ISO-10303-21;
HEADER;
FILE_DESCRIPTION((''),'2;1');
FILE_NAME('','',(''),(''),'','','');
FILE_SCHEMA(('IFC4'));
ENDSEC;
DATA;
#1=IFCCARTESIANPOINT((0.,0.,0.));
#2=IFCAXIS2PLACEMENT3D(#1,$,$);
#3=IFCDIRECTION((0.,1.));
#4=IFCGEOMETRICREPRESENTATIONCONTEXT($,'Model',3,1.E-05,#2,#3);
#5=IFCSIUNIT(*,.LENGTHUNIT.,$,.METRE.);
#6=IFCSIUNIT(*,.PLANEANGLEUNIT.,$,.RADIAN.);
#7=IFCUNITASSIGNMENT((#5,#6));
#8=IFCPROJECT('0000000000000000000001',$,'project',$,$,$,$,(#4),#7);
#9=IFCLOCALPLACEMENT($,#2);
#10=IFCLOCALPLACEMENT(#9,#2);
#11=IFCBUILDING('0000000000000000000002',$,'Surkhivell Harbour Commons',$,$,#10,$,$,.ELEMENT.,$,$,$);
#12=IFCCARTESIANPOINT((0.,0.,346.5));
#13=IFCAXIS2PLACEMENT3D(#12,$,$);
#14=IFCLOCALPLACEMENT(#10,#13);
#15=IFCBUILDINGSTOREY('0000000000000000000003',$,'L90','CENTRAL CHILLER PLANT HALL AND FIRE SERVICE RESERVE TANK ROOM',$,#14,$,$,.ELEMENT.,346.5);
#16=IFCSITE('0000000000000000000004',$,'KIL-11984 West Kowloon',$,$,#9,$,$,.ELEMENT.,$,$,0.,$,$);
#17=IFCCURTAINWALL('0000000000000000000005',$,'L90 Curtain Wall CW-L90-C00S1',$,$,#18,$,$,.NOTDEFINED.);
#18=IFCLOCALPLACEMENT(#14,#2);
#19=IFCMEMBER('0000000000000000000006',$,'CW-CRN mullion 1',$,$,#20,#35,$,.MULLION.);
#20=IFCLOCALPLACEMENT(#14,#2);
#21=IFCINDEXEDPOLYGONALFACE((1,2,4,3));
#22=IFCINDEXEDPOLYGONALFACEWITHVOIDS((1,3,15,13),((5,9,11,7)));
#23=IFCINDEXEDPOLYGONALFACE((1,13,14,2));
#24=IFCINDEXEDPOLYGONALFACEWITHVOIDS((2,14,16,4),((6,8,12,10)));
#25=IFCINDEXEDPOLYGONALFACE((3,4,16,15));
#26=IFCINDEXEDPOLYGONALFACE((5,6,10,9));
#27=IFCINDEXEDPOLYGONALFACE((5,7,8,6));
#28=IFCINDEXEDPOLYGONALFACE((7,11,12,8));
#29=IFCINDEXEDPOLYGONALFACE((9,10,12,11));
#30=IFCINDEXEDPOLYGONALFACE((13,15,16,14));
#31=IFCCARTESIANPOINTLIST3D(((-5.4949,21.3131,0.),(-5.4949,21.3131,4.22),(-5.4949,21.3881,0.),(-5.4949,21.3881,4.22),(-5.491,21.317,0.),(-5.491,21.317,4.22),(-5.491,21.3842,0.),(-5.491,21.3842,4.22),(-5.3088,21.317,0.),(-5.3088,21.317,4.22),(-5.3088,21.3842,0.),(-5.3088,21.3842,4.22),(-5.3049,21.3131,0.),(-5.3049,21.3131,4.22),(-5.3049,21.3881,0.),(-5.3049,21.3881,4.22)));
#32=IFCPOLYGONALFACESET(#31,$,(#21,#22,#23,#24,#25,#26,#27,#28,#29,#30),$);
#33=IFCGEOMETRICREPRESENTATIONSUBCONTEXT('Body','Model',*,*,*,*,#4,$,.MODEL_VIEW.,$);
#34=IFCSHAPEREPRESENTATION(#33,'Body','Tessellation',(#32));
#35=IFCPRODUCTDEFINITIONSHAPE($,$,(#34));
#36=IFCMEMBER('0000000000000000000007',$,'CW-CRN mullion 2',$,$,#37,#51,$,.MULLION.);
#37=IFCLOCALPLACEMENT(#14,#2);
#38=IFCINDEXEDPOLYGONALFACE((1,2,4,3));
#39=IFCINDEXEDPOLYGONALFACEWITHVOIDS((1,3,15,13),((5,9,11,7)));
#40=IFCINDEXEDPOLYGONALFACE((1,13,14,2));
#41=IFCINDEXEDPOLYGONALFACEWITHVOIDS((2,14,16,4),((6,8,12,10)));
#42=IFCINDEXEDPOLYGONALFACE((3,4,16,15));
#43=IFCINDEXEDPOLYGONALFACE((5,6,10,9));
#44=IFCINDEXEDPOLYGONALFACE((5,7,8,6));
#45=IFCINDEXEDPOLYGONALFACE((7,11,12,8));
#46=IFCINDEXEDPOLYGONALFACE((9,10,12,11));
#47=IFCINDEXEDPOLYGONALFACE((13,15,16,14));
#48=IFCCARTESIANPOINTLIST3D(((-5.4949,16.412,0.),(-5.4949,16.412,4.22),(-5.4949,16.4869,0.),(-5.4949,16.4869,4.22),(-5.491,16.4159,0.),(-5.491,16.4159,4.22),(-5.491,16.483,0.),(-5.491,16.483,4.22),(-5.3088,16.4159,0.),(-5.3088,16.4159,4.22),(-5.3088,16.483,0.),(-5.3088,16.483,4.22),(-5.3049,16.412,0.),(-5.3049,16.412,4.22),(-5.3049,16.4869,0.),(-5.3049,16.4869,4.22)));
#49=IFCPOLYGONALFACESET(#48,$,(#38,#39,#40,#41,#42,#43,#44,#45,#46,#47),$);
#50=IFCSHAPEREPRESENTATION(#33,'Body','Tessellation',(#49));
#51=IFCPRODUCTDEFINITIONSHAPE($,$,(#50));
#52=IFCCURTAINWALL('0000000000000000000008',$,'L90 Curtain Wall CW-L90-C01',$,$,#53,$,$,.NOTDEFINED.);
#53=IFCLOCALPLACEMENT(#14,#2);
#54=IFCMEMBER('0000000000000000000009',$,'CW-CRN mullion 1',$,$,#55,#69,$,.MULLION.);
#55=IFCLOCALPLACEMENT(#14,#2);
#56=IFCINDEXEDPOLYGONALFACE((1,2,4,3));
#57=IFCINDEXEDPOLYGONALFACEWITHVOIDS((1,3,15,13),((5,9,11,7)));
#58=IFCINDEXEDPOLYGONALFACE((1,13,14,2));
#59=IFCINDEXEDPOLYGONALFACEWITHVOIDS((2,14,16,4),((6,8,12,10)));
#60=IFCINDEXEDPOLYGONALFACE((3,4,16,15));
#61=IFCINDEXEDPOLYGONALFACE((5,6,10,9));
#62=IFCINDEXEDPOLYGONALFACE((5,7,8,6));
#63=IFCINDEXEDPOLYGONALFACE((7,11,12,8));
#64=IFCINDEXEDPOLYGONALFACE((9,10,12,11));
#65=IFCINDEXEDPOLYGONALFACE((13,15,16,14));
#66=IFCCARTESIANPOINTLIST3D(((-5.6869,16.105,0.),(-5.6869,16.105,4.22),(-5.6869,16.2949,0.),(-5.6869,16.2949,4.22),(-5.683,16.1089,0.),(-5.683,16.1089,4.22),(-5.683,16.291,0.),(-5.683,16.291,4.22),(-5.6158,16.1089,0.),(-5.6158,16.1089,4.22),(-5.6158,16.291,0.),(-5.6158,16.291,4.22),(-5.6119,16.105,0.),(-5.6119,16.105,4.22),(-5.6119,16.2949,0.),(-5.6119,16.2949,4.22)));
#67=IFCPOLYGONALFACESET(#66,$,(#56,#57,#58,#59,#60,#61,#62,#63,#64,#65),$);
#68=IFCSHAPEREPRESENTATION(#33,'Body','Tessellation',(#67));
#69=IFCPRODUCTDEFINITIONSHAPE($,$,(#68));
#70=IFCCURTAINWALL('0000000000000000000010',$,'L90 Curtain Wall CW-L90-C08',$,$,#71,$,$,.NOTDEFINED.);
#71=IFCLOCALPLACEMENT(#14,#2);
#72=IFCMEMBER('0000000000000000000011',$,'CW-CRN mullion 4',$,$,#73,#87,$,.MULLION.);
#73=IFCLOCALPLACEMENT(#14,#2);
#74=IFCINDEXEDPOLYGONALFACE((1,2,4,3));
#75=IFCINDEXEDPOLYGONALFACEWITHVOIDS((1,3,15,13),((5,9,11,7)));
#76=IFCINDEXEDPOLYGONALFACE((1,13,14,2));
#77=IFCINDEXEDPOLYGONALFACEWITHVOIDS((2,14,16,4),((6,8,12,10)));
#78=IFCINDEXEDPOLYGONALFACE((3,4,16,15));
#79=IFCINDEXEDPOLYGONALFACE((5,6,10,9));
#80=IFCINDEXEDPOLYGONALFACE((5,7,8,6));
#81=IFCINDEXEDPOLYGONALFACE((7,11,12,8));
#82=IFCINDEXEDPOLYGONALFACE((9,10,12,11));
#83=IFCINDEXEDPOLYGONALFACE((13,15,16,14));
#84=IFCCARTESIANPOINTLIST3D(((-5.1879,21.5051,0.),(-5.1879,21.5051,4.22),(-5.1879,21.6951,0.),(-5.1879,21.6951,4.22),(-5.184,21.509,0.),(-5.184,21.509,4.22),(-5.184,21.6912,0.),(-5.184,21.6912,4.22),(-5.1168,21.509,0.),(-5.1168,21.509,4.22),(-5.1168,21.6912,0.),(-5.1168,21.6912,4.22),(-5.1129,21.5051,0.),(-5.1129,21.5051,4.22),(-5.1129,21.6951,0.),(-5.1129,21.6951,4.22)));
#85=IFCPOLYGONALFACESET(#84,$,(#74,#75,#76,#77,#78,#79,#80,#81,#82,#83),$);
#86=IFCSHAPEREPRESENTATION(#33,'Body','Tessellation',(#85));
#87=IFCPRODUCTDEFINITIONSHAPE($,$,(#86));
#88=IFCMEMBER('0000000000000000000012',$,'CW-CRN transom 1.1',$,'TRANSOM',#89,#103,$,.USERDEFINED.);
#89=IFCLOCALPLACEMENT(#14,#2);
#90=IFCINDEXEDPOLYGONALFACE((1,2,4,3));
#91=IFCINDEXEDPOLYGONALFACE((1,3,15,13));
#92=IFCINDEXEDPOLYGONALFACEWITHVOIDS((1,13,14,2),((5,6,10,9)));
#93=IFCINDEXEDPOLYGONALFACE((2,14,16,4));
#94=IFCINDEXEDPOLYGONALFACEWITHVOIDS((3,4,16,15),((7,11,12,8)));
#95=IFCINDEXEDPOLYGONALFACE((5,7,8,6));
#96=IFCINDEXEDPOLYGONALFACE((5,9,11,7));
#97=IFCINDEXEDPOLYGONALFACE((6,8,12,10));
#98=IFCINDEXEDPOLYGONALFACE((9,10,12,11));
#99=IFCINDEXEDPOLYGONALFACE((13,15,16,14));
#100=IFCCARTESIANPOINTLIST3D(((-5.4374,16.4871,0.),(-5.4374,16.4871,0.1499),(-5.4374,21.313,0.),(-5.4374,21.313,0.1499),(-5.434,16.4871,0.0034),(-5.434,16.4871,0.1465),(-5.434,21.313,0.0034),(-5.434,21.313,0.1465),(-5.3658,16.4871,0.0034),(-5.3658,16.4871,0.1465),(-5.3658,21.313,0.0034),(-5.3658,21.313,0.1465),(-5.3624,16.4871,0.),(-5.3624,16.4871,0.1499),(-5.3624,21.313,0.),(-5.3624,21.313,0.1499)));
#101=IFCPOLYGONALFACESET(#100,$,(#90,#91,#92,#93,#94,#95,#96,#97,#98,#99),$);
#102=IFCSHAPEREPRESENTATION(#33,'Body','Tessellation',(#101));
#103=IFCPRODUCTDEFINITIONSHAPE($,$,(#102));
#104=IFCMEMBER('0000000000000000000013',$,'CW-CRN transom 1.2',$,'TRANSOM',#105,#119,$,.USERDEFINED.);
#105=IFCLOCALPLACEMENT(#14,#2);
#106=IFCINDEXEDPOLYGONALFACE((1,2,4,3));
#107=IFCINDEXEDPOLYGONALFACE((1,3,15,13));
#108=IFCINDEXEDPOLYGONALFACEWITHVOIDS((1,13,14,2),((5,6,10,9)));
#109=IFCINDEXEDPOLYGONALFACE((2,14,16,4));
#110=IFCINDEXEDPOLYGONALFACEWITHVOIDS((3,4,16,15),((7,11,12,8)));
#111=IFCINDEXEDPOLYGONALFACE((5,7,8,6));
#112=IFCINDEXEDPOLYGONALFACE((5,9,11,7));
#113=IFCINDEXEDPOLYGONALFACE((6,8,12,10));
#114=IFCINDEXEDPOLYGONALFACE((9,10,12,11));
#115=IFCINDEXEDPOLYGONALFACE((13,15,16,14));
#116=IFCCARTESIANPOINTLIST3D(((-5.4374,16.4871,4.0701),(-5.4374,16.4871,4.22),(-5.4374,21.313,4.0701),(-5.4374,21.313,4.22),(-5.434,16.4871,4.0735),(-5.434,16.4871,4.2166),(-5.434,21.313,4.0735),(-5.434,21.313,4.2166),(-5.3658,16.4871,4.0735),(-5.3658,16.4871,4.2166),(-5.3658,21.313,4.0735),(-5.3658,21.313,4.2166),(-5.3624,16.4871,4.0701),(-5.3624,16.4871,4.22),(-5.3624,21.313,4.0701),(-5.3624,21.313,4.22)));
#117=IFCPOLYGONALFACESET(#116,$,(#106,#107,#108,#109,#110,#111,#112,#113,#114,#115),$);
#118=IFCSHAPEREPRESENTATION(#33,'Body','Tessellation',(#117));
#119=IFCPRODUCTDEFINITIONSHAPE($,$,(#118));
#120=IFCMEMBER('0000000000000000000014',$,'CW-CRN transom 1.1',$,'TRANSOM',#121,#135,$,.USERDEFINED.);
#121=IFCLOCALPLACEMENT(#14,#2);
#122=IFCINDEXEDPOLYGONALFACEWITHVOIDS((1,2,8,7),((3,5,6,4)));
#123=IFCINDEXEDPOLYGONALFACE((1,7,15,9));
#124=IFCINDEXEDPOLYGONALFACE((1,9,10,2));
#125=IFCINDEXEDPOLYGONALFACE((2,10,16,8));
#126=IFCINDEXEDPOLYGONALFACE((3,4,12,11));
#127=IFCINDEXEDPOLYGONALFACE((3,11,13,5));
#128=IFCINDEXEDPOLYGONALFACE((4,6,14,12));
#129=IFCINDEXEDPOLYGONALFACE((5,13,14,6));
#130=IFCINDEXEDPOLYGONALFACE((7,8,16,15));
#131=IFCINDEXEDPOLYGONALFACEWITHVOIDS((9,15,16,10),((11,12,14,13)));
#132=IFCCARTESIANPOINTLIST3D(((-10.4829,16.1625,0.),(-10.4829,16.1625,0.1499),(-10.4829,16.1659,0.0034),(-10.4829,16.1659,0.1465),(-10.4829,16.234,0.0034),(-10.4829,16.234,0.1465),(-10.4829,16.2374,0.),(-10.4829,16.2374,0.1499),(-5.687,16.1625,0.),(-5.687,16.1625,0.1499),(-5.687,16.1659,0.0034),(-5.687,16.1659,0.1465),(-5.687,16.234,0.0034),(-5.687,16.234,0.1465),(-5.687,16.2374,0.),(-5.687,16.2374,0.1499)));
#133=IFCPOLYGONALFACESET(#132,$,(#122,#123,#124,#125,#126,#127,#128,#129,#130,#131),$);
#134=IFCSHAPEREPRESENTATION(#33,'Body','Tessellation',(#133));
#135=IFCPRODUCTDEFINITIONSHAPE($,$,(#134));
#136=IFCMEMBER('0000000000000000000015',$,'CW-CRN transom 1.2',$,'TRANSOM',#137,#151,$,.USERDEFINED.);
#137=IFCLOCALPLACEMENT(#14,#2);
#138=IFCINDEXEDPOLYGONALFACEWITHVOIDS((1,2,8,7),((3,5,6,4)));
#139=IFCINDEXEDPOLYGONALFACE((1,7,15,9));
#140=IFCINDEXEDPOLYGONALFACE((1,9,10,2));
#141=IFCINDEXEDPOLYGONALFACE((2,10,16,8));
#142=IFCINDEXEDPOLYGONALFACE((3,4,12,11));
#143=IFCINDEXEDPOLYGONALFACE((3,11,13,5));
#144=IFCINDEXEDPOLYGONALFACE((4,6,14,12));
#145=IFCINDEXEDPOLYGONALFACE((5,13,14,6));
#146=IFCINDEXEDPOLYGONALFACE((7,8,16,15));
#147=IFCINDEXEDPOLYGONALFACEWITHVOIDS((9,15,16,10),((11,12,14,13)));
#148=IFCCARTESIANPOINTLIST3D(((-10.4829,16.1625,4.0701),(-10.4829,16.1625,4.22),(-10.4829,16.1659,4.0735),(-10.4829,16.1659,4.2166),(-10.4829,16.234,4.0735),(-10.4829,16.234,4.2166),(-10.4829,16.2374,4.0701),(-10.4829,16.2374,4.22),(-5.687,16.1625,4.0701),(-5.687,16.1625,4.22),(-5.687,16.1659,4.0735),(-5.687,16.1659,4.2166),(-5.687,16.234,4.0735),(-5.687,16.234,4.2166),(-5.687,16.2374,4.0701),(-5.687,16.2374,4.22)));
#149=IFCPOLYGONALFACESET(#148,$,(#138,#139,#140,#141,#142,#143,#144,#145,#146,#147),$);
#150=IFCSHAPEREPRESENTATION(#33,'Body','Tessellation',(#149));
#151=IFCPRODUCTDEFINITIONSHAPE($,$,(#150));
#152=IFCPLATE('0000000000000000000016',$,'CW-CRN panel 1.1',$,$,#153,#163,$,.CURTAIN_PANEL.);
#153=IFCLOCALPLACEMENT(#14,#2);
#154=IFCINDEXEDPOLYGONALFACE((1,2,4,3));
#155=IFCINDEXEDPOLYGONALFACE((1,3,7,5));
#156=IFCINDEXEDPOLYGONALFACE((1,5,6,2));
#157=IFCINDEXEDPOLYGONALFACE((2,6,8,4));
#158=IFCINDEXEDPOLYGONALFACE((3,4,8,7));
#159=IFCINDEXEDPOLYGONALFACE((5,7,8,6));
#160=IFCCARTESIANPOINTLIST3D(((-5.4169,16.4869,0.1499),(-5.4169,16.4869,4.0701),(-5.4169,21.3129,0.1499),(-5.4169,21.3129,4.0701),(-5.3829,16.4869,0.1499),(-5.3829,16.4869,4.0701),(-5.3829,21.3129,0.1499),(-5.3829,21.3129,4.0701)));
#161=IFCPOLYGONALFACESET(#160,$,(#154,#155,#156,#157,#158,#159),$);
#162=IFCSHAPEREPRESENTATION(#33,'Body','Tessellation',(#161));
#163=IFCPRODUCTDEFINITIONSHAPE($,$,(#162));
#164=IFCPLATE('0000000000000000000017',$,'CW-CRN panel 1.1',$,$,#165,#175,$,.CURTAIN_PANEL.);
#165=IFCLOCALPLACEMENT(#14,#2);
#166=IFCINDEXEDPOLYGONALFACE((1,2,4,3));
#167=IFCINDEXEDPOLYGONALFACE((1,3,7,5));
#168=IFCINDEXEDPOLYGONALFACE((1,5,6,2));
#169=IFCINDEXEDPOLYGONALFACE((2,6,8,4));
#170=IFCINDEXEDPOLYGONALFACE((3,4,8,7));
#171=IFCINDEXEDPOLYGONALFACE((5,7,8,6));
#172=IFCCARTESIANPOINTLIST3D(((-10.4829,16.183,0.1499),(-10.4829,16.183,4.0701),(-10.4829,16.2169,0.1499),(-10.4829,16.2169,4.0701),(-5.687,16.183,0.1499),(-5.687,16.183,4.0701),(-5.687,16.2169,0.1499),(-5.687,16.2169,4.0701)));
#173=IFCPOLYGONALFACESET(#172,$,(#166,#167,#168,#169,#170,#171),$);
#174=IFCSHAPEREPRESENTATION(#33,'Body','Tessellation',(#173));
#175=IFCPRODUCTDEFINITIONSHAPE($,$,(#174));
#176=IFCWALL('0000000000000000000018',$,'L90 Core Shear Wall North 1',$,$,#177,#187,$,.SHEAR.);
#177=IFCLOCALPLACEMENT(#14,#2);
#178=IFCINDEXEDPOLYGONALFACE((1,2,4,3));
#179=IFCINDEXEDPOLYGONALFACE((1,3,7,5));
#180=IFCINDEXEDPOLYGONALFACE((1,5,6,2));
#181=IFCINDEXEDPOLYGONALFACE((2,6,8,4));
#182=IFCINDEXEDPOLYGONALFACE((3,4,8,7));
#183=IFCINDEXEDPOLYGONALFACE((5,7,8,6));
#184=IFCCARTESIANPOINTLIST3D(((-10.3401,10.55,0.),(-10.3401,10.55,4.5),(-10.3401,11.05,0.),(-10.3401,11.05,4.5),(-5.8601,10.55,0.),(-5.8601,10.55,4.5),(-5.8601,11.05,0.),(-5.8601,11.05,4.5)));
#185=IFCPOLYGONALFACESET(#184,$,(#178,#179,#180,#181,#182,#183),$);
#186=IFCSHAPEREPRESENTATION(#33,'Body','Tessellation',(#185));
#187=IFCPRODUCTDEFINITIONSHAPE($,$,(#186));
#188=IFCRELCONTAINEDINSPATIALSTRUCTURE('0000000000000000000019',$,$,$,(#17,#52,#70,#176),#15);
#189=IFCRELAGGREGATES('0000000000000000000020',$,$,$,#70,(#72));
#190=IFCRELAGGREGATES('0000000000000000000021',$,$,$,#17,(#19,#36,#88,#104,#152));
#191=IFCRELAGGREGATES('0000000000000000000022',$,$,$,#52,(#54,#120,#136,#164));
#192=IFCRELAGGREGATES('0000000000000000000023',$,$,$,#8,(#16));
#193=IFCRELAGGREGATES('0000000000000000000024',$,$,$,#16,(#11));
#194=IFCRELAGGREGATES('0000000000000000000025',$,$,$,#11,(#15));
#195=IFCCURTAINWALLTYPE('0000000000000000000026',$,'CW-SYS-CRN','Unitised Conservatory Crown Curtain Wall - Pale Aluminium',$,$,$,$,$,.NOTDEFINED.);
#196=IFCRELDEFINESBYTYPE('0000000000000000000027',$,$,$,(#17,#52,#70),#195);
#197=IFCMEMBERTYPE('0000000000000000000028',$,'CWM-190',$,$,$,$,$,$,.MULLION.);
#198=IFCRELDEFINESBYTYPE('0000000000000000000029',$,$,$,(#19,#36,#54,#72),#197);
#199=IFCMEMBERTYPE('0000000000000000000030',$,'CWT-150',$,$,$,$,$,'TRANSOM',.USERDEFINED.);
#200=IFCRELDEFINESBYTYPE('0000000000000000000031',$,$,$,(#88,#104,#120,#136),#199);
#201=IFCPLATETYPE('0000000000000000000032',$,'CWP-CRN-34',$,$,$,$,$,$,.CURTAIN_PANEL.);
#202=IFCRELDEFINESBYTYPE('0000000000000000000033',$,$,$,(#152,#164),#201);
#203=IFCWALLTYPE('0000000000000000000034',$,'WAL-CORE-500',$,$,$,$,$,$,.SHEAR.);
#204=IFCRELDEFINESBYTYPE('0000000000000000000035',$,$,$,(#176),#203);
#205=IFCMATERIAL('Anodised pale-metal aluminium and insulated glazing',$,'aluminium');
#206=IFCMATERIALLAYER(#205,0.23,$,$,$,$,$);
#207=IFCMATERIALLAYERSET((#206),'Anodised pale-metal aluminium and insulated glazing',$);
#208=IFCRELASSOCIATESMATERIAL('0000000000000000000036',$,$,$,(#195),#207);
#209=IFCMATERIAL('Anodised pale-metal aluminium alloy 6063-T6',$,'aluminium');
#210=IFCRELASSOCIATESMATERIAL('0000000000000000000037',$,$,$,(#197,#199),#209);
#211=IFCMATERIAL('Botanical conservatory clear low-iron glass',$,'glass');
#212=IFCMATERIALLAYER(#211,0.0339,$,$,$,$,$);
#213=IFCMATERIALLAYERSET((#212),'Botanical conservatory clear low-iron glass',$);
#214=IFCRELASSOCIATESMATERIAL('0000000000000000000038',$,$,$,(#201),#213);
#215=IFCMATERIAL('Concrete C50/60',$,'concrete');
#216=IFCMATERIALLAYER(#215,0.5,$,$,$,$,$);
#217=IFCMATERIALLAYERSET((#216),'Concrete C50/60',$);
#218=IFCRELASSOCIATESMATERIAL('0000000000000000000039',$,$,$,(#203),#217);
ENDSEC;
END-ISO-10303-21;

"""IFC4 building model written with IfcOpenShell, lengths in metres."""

from ifc_helpers import new_model, si_unit, direction, frame, frame_2d, origin, origin_2d, place, context, subcontext, project, spatial, rectangle, hollow_rectangle, extrude, material, layer, layer_set, material_profile, profile_set, type_object, element, aggregate, save


model = new_model("IFC4")

# Units and contexts
model_context = context("Model", 3, precision=1e-05, world=origin(), true_north=direction((0.0, 1.0)))
body_context = subcontext(model_context, "Body", "Model", "MODEL_VIEW")
ifc_project = project(units=[si_unit("LENGTHUNIT", "METRE"), si_unit("PLANEANGLEUNIT", "RADIAN")], contexts=[model_context])

# Site, building, storey
site_placement = place(None, origin())
site = spatial("IfcSite", under=ifc_project, at=site_placement, Name="KIL-11984 West Kowloon", CompositionType="ELEMENT", RefElevation=0.0)
building_placement = place(site_placement, origin())
building = spatial("IfcBuilding", under=site, at=building_placement, Name="Surkhivell Harbour Commons", CompositionType="ELEMENT")
storey_placement = place(building_placement, frame((0.0, 0.0, 346.5)))
storey = spatial("IfcBuildingStorey", under=building, at=storey_placement, Name="L90", Description="CENTRAL CHILLER PLANT HALL AND FIRE SERVICE RESERVE TANK ROOM", CompositionType="ELEMENT", Elevation=346.5)

# Curtain wall, members
ifc_material_1 = material(Name="Anodised pale-metal aluminium and insulated glazing", Category="aluminium")
ifc_layer_1 = layer(ifc_material_1, 0.23)
ifc_layer_set_1 = layer_set([ifc_layer_1], Name="Anodised pale-metal aluminium and insulated glazing")
curtain_wall_type = type_object("IfcCurtainWallType", Name="CW-SYS-CRN", Description="Unitised Conservatory Crown Curtain Wall - Pale Aluminium", PredefinedType="NOTDEFINED", material=ifc_layer_set_1)
curtain_wall_1_placement = place(storey_placement, origin())
curtain_wall_1 = element("IfcCurtainWall", 1, at=curtain_wall_1_placement, inside=storey, type_object=curtain_wall_type, Name="L90 Curtain Wall CW-L90-C00S1", PredefinedType="NOTDEFINED")
ifc_material_2 = material(Name="Anodised pale-metal aluminium alloy 6063-T6", Category="aluminium")
ifc_material_profile_1 = material_profile(ifc_material_2, hollow_rectangle(XDim=0.075, YDim=0.1899, WallThickness=0.0039, at=origin_2d()), Name="ALU-MULL-75x190")
ifc_profile_set_1 = profile_set([ifc_material_profile_1], Name="Anodised pale-metal aluminium alloy 6063-T6")
member_type_1 = type_object("IfcMemberType", Name="CWM-190", PredefinedType="MULLION", material=ifc_profile_set_1)
member_1_placement = place(storey_placement, frame((-5.3999, 21.3506, 0.0), z_axis=(0.0, 0.0, 1.0), x_axis=(0.0, -1.0, 0.0)))
member_1 = element("IfcMember", 2, at=member_1_placement, type_object=member_type_1, Name="CW-CRN mullion 1", PredefinedType="MULLION", context=body_context, shape_type="SweptSolid", body=[
    extrude(hollow_rectangle(XDim=0.075, YDim=0.1899, WallThickness=0.0039, at=origin_2d()), origin(), (0.0, 0.0, 1.0), 4.22),
])
member_2_placement = place(storey_placement, frame((-5.3999, 16.4495, 0.0), z_axis=(0.0, 0.0, 1.0), x_axis=(0.0, -1.0, 0.0)))
member_2 = element("IfcMember", 3, at=member_2_placement, type_object=member_type_1, Name="CW-CRN mullion 2", PredefinedType="MULLION", context=body_context, shape_type="SweptSolid", body=[
    extrude(hollow_rectangle(XDim=0.075, YDim=0.1899, WallThickness=0.0039, at=origin_2d()), origin(), (0.0, 0.0, 1.0), 4.22),
])

# Curtain walls, members
curtain_wall_2_placement = place(storey_placement, origin())
curtain_wall_2 = element("IfcCurtainWall", 4, at=curtain_wall_2_placement, inside=storey, type_object=curtain_wall_type, Name="L90 Curtain Wall CW-L90-C01", PredefinedType="NOTDEFINED")
member_3_placement = place(storey_placement, frame((-5.6494, 16.2, 0.0), z_axis=(0.0, 0.0, 1.0), x_axis=(-1.0, 0.0, 0.0)))
member_3 = element("IfcMember", 5, at=member_3_placement, type_object=member_type_1, Name="CW-CRN mullion 1", PredefinedType="MULLION", context=body_context, shape_type="SweptSolid", body=[
    extrude(hollow_rectangle(XDim=0.075, YDim=0.1899, WallThickness=0.0039, at=origin_2d()), origin(), (0.0, 0.0, 1.0), 4.22),
])
curtain_wall_3_placement = place(storey_placement, origin())
curtain_wall_3 = element("IfcCurtainWall", 6, at=curtain_wall_3_placement, inside=storey, type_object=curtain_wall_type, Name="L90 Curtain Wall CW-L90-C08", PredefinedType="NOTDEFINED")
member_4_placement = place(storey_placement, frame((-5.1504, 21.6001, 0.0), z_axis=(0.0, 0.0, 1.0), x_axis=(-1.0, 0.0, 0.0)))
member_4 = element("IfcMember", 7, at=member_4_placement, type_object=member_type_1, Name="CW-CRN mullion 4", PredefinedType="MULLION", context=body_context, shape_type="SweptSolid", body=[
    extrude(hollow_rectangle(XDim=0.075, YDim=0.1899, WallThickness=0.0039, at=origin_2d()), origin(), (0.0, 0.0, 1.0), 4.22),
])
aggregate(curtain_wall_3, [member_4])

# Members
ifc_material_profile_2 = material_profile(ifc_material_2, hollow_rectangle(XDim=0.075, YDim=0.1499, WallThickness=0.0034, at=origin_2d()), Name="ALU-TRAN-75x150")
ifc_profile_set_2 = profile_set([ifc_material_profile_2], Name="Anodised pale-metal aluminium alloy 6063-T6")
member_type_2 = type_object("IfcMemberType", Name="CWT-150", ElementType="TRANSOM", PredefinedType="USERDEFINED", material=ifc_profile_set_2)
member_5_placement = place(storey_placement, frame((-5.3999, 21.313, 0.075), z_axis=(0.0, -1.0, 0.0), x_axis=(1.0, 0.0, 0.0)))
member_5 = element("IfcMember", 8, at=member_5_placement, type_object=member_type_2, Name="CW-CRN transom 1.1", ObjectType="TRANSOM", PredefinedType="USERDEFINED", context=body_context, shape_type="SweptSolid", body=[
    extrude(hollow_rectangle(XDim=0.075, YDim=0.1499, WallThickness=0.0034, at=origin_2d()), origin(), (0.0, 0.0, 1.0), 4.8259),
])
member_6_placement = place(storey_placement, frame((-5.3999, 21.313, 4.145), z_axis=(0.0, -1.0, 0.0), x_axis=(1.0, 0.0, 0.0)))
member_6 = element("IfcMember", 9, at=member_6_placement, type_object=member_type_2, Name="CW-CRN transom 1.2", ObjectType="TRANSOM", PredefinedType="USERDEFINED", context=body_context, shape_type="SweptSolid", body=[
    extrude(hollow_rectangle(XDim=0.075, YDim=0.1499, WallThickness=0.0034, at=origin_2d()), origin(), (0.0, 0.0, 1.0), 4.8259),
])
member_7_placement = place(storey_placement, frame((-5.687, 16.2, 0.075), z_axis=(-1.0, 0.0, 0.0), x_axis=(0.0, -1.0, 0.0)))
member_7 = element("IfcMember", 10, at=member_7_placement, type_object=member_type_2, Name="CW-CRN transom 1.1", ObjectType="TRANSOM", PredefinedType="USERDEFINED", context=body_context, shape_type="SweptSolid", body=[
    extrude(hollow_rectangle(XDim=0.075, YDim=0.1499, WallThickness=0.0034, at=origin_2d()), origin(), (0.0, 0.0, 1.0), 4.7959),
])
member_8_placement = place(storey_placement, frame((-5.687, 16.2, 4.145), z_axis=(-1.0, 0.0, 0.0), x_axis=(0.0, -1.0, 0.0)))
member_8 = element("IfcMember", 11, at=member_8_placement, type_object=member_type_2, Name="CW-CRN transom 1.2", ObjectType="TRANSOM", PredefinedType="USERDEFINED", context=body_context, shape_type="SweptSolid", body=[
    extrude(hollow_rectangle(XDim=0.075, YDim=0.1499, WallThickness=0.0034, at=origin_2d()), origin(), (0.0, 0.0, 1.0), 4.7959),
])

# Plates
ifc_material_3 = material(Name="Botanical conservatory clear low-iron glass", Category="glass")
ifc_layer_2 = layer(ifc_material_3, 0.0339)
ifc_layer_set_2 = layer_set([ifc_layer_2], Name="Botanical conservatory clear low-iron glass")
plate_type = type_object("IfcPlateType", Name="CWP-CRN-34", PredefinedType="CURTAIN_PANEL", material=ifc_layer_set_2)
plate_1_placement = place(storey_placement, frame((-5.3999, 21.313, 0.1499), z_axis=(0.0, 0.0, 1.0), x_axis=(0.0, -1.0, 0.0)))
plate_1 = element("IfcPlate", 12, at=plate_1_placement, type_object=plate_type, Name="CW-CRN panel 1.1", PredefinedType="CURTAIN_PANEL", context=body_context, shape_type="SweptSolid", body=[
    extrude(rectangle(XDim=4.8259, YDim=0.0339, at=frame_2d((2.4131, 0.0))), origin(), (0.0, 0.0, 1.0), 3.9202),
])
aggregate(curtain_wall_1, [member_1, member_2, member_5, member_6, plate_1])
plate_2_placement = place(storey_placement, frame((-5.687, 16.2, 0.1499), z_axis=(0.0, 0.0, 1.0), x_axis=(-1.0, 0.0, 0.0)))
plate_2 = element("IfcPlate", 13, at=plate_2_placement, type_object=plate_type, Name="CW-CRN panel 1.1", PredefinedType="CURTAIN_PANEL", context=body_context, shape_type="SweptSolid", body=[
    extrude(rectangle(XDim=4.7959, YDim=0.0339, at=frame_2d((2.3979, 0.0))), origin(), (0.0, 0.0, 1.0), 3.9202),
])
aggregate(curtain_wall_2, [member_3, member_7, member_8, plate_2])

# Wall
ifc_material_4 = material(Name="Concrete C50/60", Category="concrete")
ifc_layer_3 = layer(ifc_material_4, 0.5)
ifc_layer_set_3 = layer_set([ifc_layer_3], Name="Concrete C50/60")
wall_type_1 = type_object("IfcWallType", Name="WAL-CORE-500", PredefinedType="SHEAR", material=ifc_layer_set_3)
wall_1_placement = place(storey_placement, frame((-10.3401, 10.8, 0.0), z_axis=(0.0, 0.0, 1.0), x_axis=(1.0, 0.0, 0.0)))
element("IfcWall", 14, at=wall_1_placement, inside=storey, type_object=wall_type_1, Name="L90 Core Shear Wall North 1", PredefinedType="SHEAR", context=body_context, shape_type="SweptSolid", body=[
    extrude(rectangle(XDim=4.48, YDim=0.5, at=frame_2d((2.24, 0.0))), origin(), (0.0, 0.0, 1.0), 4.5),
])

save(model, "model.ifc")
